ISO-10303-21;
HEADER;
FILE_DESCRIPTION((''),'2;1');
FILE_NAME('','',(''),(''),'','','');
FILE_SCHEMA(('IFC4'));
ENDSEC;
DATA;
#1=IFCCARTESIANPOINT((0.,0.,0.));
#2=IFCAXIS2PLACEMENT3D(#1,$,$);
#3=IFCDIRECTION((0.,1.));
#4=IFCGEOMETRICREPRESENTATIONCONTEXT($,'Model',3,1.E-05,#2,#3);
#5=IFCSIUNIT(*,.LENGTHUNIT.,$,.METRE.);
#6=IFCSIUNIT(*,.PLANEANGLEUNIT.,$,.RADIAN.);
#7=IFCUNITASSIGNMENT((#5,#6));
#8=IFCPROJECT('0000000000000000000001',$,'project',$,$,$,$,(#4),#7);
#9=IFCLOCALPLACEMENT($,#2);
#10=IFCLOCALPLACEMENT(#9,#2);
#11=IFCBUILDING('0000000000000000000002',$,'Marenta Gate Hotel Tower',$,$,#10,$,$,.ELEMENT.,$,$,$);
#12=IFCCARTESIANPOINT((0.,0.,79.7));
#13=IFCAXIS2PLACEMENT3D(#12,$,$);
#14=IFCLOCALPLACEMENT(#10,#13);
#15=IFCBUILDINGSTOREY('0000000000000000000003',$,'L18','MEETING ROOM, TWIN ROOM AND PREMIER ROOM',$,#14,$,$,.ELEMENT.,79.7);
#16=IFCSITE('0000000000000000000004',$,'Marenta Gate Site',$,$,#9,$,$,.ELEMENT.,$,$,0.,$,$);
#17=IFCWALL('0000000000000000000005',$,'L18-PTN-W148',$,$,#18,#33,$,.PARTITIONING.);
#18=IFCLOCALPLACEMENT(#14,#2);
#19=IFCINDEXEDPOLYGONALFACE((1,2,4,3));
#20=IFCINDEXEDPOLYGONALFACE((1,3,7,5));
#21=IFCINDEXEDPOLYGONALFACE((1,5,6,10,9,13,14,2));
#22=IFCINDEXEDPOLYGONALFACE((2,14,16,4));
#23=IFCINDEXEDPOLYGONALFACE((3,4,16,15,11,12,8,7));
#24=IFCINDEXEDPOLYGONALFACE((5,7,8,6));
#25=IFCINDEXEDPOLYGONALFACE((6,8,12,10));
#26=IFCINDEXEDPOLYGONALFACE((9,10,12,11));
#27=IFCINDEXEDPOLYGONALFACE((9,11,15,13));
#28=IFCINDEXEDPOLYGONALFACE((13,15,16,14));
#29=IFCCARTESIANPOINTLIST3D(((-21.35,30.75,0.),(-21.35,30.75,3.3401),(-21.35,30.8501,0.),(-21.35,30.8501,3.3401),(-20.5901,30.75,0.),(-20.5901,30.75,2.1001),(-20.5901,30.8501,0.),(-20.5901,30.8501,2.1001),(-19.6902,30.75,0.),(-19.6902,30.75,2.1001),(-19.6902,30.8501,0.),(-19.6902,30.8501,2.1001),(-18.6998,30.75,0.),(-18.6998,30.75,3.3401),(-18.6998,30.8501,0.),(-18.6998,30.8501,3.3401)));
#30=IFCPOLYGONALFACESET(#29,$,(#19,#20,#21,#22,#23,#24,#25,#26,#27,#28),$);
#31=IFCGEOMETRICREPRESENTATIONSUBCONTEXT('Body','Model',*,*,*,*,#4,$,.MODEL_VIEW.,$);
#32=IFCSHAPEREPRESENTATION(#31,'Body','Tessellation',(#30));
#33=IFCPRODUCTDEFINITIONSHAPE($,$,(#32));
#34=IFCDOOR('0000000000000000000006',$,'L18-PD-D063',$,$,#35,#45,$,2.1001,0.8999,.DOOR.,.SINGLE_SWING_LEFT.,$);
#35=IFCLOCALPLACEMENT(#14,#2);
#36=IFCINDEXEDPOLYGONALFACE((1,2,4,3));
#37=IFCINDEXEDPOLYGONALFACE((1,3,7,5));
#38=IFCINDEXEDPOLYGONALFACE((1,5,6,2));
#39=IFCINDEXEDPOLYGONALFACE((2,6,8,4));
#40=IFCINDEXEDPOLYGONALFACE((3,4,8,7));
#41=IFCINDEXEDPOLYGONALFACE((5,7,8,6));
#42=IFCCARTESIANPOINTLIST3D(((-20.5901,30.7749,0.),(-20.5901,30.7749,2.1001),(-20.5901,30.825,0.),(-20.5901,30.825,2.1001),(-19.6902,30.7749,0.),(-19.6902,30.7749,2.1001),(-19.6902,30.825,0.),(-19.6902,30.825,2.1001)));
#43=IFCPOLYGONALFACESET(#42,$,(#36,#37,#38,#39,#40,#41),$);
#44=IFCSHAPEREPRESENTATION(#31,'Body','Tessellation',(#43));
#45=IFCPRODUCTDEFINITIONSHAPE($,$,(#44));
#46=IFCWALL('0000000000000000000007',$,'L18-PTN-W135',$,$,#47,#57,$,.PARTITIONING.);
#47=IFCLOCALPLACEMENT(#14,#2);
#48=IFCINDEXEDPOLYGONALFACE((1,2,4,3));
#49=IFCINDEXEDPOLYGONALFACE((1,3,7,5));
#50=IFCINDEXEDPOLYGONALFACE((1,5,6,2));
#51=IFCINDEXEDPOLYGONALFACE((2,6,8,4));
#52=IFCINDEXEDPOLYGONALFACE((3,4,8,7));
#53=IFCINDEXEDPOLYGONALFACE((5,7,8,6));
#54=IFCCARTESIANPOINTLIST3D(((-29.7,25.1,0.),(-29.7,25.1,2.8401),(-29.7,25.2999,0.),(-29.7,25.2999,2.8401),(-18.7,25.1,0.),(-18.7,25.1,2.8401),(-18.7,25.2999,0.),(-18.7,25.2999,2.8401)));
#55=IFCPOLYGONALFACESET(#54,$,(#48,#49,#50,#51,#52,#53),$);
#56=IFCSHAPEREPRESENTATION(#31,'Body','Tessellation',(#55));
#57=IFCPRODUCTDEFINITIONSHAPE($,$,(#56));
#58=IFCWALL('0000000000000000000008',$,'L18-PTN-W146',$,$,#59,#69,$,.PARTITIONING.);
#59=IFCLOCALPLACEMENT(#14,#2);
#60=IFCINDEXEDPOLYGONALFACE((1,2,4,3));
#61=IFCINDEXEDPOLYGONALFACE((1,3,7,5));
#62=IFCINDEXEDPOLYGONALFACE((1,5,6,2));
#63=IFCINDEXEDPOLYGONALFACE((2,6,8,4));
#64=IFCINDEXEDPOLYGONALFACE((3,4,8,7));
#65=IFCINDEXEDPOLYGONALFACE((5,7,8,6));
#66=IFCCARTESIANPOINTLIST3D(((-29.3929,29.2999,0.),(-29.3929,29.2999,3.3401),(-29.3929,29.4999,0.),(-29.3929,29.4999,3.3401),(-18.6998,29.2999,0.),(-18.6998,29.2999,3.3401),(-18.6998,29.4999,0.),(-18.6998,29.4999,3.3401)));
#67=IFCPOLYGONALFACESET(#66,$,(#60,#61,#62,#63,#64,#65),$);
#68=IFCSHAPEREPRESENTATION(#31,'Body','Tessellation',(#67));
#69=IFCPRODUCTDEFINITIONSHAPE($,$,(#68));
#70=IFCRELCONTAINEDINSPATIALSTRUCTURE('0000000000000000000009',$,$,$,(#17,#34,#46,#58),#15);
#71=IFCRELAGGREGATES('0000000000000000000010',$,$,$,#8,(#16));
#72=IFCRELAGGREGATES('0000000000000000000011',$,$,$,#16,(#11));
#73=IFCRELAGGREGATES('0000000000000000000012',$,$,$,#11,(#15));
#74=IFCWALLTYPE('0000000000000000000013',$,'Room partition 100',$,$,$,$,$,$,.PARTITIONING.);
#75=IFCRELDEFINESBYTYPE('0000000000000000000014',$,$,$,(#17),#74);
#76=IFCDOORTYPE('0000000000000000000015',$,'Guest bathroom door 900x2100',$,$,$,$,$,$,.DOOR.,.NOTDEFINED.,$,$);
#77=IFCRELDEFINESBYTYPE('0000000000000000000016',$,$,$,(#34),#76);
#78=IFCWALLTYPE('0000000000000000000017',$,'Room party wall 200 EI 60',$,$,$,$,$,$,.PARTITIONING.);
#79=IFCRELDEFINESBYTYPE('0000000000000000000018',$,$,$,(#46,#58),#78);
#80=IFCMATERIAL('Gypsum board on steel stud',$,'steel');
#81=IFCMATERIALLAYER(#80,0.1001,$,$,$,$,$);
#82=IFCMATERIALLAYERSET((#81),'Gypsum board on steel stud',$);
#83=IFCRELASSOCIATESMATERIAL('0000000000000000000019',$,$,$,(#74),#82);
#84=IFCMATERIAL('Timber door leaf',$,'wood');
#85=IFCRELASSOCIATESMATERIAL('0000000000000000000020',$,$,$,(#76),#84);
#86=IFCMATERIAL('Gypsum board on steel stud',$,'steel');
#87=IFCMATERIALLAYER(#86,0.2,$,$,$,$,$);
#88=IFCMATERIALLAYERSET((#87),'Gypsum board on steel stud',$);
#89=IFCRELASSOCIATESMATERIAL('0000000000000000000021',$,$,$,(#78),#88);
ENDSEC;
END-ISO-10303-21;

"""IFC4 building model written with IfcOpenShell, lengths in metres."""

from ifc_helpers import new_model, si_unit, direction, frame, frame_2d, origin, place, context, subcontext, project, spatial, rectangle, extrude, material, layer, layer_set, type_object, element, fill, save


model = new_model("IFC4")

# Units and contexts
model_context = context("Model", 3, precision=1e-05, world=origin(), true_north=direction((0.0, 1.0)))
body_context = subcontext(model_context, "Body", "Model", "MODEL_VIEW")
ifc_project = project(units=[si_unit("LENGTHUNIT", "METRE"), si_unit("PLANEANGLEUNIT", "RADIAN")], contexts=[model_context])

# Site, building, storey
site_placement = place(None, origin())
site = spatial("IfcSite", under=ifc_project, at=site_placement, Name="Marenta Gate Site", CompositionType="ELEMENT", RefElevation=0.0)
building_placement = place(site_placement, origin())
building = spatial("IfcBuilding", under=site, at=building_placement, Name="Marenta Gate Hotel Tower", CompositionType="ELEMENT")
storey_placement = place(building_placement, frame((0.0, 0.0, 79.7)))
storey = spatial("IfcBuildingStorey", under=building, at=storey_placement, Name="L18", Description="MEETING ROOM, TWIN ROOM AND PREMIER ROOM", CompositionType="ELEMENT", Elevation=79.7)

# Shared definitions
ifc_material_1 = material(Name="Gypsum board on steel stud", Category="steel")
ifc_layer_1 = layer(ifc_material_1, 0.1001)
ifc_layer_set_1 = layer_set([ifc_layer_1], Name="Gypsum board on steel stud")
wall_type_1 = type_object("IfcWallType", Name="Room partition 100", PredefinedType="PARTITIONING", material=ifc_layer_set_1)
ifc_material_2 = material(Name="Timber door leaf", Category="wood")
door_type = type_object("IfcDoorType", Name="Guest bathroom door 900x2100", OperationType="NOTDEFINED", PredefinedType="DOOR", material=ifc_material_2)

# Wall, opening, door
wall_1_placement = place(storey_placement, frame((-21.3501, 30.8, 0.0), z_axis=(0.0, 0.0, 1.0), x_axis=(1.0, 0.0, 0.0)))
wall_1 = element("IfcWall", 1, at=wall_1_placement, inside=storey, type_object=wall_type_1, Name="L18-PTN-W148", PredefinedType="PARTITIONING", context=body_context, shape_type="SweptSolid", body=[
    extrude(rectangle(XDim=2.6501, YDim=0.1001, at=frame_2d((1.3252, 0.0))), origin(), (0.0, 0.0, 1.0), 3.3401),
])
opening_1_placement = place(wall_1_placement, frame((0.76, 0.0, 0.0)))
opening_1 = element("IfcOpeningElement", 2, at=opening_1_placement, cuts=wall_1, PredefinedType="OPENING", context=body_context, shape_type="SweptSolid", body=[
    extrude(rectangle(XDim=0.8999, YDim=2.1001, at=frame_2d((0.45, 1.05))), frame((0.0, 0.05, 0.0), z_axis=(0.0, -1.0, 0.0), x_axis=(1.0, 0.0, 0.0)), (0.0, 0.0, 1.0), 0.1001),
])
door_1_placement = place(opening_1_placement, origin())
door_1 = element("IfcDoor", 3, at=door_1_placement, inside=storey, type_object=door_type, Name="L18-PD-D063", OperationType="SINGLE_SWING_LEFT", OverallHeight=2.1001, OverallWidth=0.8999, PredefinedType="DOOR", context=body_context, shape_type="SweptSolid", body=[
    extrude(rectangle(XDim=0.8999, YDim=2.1001, at=frame_2d((0.45, 1.05))), frame((0.0, 0.0249, 0.0), z_axis=(0.0, -1.0, 0.0), x_axis=(1.0, 0.0, 0.0)), (0.0, 0.0, 1.0), 0.05),
])
fill(opening_1, door_1)

# Walls
ifc_material_3 = material(Name="Gypsum board on steel stud", Category="steel")
ifc_layer_2 = layer(ifc_material_3, 0.2)
ifc_layer_set_2 = layer_set([ifc_layer_2], Name="Gypsum board on steel stud")
wall_type_2 = type_object("IfcWallType", Name="Room party wall 200 EI 60", PredefinedType="PARTITIONING", material=ifc_layer_set_2)
wall_2_placement = place(storey_placement, frame((-29.7, 25.2, 0.0), z_axis=(0.0, 0.0, 1.0), x_axis=(1.0, 0.0, 0.0)))
element("IfcWall", 4, at=wall_2_placement, inside=storey, type_object=wall_type_2, Name="L18-PTN-W135", PredefinedType="PARTITIONING", context=body_context, shape_type="SweptSolid", body=[
    extrude(rectangle(XDim=11.0, YDim=0.2, at=frame_2d((5.5, 0.0))), origin(), (0.0, 0.0, 1.0), 2.8401),
])
wall_3_placement = place(storey_placement, frame((-29.3931, 29.3999, 0.0), z_axis=(0.0, 0.0, 1.0), x_axis=(1.0, 0.0, 0.0)))
element("IfcWall", 5, at=wall_3_placement, inside=storey, type_object=wall_type_2, Name="L18-PTN-W146", PredefinedType="PARTITIONING", context=body_context, shape_type="SweptSolid", body=[
    extrude(rectangle(XDim=10.6931, YDim=0.2, at=frame_2d((5.3467, 0.0))), origin(), (0.0, 0.0, 1.0), 3.3401),
])

save(model, "model.ifc")
